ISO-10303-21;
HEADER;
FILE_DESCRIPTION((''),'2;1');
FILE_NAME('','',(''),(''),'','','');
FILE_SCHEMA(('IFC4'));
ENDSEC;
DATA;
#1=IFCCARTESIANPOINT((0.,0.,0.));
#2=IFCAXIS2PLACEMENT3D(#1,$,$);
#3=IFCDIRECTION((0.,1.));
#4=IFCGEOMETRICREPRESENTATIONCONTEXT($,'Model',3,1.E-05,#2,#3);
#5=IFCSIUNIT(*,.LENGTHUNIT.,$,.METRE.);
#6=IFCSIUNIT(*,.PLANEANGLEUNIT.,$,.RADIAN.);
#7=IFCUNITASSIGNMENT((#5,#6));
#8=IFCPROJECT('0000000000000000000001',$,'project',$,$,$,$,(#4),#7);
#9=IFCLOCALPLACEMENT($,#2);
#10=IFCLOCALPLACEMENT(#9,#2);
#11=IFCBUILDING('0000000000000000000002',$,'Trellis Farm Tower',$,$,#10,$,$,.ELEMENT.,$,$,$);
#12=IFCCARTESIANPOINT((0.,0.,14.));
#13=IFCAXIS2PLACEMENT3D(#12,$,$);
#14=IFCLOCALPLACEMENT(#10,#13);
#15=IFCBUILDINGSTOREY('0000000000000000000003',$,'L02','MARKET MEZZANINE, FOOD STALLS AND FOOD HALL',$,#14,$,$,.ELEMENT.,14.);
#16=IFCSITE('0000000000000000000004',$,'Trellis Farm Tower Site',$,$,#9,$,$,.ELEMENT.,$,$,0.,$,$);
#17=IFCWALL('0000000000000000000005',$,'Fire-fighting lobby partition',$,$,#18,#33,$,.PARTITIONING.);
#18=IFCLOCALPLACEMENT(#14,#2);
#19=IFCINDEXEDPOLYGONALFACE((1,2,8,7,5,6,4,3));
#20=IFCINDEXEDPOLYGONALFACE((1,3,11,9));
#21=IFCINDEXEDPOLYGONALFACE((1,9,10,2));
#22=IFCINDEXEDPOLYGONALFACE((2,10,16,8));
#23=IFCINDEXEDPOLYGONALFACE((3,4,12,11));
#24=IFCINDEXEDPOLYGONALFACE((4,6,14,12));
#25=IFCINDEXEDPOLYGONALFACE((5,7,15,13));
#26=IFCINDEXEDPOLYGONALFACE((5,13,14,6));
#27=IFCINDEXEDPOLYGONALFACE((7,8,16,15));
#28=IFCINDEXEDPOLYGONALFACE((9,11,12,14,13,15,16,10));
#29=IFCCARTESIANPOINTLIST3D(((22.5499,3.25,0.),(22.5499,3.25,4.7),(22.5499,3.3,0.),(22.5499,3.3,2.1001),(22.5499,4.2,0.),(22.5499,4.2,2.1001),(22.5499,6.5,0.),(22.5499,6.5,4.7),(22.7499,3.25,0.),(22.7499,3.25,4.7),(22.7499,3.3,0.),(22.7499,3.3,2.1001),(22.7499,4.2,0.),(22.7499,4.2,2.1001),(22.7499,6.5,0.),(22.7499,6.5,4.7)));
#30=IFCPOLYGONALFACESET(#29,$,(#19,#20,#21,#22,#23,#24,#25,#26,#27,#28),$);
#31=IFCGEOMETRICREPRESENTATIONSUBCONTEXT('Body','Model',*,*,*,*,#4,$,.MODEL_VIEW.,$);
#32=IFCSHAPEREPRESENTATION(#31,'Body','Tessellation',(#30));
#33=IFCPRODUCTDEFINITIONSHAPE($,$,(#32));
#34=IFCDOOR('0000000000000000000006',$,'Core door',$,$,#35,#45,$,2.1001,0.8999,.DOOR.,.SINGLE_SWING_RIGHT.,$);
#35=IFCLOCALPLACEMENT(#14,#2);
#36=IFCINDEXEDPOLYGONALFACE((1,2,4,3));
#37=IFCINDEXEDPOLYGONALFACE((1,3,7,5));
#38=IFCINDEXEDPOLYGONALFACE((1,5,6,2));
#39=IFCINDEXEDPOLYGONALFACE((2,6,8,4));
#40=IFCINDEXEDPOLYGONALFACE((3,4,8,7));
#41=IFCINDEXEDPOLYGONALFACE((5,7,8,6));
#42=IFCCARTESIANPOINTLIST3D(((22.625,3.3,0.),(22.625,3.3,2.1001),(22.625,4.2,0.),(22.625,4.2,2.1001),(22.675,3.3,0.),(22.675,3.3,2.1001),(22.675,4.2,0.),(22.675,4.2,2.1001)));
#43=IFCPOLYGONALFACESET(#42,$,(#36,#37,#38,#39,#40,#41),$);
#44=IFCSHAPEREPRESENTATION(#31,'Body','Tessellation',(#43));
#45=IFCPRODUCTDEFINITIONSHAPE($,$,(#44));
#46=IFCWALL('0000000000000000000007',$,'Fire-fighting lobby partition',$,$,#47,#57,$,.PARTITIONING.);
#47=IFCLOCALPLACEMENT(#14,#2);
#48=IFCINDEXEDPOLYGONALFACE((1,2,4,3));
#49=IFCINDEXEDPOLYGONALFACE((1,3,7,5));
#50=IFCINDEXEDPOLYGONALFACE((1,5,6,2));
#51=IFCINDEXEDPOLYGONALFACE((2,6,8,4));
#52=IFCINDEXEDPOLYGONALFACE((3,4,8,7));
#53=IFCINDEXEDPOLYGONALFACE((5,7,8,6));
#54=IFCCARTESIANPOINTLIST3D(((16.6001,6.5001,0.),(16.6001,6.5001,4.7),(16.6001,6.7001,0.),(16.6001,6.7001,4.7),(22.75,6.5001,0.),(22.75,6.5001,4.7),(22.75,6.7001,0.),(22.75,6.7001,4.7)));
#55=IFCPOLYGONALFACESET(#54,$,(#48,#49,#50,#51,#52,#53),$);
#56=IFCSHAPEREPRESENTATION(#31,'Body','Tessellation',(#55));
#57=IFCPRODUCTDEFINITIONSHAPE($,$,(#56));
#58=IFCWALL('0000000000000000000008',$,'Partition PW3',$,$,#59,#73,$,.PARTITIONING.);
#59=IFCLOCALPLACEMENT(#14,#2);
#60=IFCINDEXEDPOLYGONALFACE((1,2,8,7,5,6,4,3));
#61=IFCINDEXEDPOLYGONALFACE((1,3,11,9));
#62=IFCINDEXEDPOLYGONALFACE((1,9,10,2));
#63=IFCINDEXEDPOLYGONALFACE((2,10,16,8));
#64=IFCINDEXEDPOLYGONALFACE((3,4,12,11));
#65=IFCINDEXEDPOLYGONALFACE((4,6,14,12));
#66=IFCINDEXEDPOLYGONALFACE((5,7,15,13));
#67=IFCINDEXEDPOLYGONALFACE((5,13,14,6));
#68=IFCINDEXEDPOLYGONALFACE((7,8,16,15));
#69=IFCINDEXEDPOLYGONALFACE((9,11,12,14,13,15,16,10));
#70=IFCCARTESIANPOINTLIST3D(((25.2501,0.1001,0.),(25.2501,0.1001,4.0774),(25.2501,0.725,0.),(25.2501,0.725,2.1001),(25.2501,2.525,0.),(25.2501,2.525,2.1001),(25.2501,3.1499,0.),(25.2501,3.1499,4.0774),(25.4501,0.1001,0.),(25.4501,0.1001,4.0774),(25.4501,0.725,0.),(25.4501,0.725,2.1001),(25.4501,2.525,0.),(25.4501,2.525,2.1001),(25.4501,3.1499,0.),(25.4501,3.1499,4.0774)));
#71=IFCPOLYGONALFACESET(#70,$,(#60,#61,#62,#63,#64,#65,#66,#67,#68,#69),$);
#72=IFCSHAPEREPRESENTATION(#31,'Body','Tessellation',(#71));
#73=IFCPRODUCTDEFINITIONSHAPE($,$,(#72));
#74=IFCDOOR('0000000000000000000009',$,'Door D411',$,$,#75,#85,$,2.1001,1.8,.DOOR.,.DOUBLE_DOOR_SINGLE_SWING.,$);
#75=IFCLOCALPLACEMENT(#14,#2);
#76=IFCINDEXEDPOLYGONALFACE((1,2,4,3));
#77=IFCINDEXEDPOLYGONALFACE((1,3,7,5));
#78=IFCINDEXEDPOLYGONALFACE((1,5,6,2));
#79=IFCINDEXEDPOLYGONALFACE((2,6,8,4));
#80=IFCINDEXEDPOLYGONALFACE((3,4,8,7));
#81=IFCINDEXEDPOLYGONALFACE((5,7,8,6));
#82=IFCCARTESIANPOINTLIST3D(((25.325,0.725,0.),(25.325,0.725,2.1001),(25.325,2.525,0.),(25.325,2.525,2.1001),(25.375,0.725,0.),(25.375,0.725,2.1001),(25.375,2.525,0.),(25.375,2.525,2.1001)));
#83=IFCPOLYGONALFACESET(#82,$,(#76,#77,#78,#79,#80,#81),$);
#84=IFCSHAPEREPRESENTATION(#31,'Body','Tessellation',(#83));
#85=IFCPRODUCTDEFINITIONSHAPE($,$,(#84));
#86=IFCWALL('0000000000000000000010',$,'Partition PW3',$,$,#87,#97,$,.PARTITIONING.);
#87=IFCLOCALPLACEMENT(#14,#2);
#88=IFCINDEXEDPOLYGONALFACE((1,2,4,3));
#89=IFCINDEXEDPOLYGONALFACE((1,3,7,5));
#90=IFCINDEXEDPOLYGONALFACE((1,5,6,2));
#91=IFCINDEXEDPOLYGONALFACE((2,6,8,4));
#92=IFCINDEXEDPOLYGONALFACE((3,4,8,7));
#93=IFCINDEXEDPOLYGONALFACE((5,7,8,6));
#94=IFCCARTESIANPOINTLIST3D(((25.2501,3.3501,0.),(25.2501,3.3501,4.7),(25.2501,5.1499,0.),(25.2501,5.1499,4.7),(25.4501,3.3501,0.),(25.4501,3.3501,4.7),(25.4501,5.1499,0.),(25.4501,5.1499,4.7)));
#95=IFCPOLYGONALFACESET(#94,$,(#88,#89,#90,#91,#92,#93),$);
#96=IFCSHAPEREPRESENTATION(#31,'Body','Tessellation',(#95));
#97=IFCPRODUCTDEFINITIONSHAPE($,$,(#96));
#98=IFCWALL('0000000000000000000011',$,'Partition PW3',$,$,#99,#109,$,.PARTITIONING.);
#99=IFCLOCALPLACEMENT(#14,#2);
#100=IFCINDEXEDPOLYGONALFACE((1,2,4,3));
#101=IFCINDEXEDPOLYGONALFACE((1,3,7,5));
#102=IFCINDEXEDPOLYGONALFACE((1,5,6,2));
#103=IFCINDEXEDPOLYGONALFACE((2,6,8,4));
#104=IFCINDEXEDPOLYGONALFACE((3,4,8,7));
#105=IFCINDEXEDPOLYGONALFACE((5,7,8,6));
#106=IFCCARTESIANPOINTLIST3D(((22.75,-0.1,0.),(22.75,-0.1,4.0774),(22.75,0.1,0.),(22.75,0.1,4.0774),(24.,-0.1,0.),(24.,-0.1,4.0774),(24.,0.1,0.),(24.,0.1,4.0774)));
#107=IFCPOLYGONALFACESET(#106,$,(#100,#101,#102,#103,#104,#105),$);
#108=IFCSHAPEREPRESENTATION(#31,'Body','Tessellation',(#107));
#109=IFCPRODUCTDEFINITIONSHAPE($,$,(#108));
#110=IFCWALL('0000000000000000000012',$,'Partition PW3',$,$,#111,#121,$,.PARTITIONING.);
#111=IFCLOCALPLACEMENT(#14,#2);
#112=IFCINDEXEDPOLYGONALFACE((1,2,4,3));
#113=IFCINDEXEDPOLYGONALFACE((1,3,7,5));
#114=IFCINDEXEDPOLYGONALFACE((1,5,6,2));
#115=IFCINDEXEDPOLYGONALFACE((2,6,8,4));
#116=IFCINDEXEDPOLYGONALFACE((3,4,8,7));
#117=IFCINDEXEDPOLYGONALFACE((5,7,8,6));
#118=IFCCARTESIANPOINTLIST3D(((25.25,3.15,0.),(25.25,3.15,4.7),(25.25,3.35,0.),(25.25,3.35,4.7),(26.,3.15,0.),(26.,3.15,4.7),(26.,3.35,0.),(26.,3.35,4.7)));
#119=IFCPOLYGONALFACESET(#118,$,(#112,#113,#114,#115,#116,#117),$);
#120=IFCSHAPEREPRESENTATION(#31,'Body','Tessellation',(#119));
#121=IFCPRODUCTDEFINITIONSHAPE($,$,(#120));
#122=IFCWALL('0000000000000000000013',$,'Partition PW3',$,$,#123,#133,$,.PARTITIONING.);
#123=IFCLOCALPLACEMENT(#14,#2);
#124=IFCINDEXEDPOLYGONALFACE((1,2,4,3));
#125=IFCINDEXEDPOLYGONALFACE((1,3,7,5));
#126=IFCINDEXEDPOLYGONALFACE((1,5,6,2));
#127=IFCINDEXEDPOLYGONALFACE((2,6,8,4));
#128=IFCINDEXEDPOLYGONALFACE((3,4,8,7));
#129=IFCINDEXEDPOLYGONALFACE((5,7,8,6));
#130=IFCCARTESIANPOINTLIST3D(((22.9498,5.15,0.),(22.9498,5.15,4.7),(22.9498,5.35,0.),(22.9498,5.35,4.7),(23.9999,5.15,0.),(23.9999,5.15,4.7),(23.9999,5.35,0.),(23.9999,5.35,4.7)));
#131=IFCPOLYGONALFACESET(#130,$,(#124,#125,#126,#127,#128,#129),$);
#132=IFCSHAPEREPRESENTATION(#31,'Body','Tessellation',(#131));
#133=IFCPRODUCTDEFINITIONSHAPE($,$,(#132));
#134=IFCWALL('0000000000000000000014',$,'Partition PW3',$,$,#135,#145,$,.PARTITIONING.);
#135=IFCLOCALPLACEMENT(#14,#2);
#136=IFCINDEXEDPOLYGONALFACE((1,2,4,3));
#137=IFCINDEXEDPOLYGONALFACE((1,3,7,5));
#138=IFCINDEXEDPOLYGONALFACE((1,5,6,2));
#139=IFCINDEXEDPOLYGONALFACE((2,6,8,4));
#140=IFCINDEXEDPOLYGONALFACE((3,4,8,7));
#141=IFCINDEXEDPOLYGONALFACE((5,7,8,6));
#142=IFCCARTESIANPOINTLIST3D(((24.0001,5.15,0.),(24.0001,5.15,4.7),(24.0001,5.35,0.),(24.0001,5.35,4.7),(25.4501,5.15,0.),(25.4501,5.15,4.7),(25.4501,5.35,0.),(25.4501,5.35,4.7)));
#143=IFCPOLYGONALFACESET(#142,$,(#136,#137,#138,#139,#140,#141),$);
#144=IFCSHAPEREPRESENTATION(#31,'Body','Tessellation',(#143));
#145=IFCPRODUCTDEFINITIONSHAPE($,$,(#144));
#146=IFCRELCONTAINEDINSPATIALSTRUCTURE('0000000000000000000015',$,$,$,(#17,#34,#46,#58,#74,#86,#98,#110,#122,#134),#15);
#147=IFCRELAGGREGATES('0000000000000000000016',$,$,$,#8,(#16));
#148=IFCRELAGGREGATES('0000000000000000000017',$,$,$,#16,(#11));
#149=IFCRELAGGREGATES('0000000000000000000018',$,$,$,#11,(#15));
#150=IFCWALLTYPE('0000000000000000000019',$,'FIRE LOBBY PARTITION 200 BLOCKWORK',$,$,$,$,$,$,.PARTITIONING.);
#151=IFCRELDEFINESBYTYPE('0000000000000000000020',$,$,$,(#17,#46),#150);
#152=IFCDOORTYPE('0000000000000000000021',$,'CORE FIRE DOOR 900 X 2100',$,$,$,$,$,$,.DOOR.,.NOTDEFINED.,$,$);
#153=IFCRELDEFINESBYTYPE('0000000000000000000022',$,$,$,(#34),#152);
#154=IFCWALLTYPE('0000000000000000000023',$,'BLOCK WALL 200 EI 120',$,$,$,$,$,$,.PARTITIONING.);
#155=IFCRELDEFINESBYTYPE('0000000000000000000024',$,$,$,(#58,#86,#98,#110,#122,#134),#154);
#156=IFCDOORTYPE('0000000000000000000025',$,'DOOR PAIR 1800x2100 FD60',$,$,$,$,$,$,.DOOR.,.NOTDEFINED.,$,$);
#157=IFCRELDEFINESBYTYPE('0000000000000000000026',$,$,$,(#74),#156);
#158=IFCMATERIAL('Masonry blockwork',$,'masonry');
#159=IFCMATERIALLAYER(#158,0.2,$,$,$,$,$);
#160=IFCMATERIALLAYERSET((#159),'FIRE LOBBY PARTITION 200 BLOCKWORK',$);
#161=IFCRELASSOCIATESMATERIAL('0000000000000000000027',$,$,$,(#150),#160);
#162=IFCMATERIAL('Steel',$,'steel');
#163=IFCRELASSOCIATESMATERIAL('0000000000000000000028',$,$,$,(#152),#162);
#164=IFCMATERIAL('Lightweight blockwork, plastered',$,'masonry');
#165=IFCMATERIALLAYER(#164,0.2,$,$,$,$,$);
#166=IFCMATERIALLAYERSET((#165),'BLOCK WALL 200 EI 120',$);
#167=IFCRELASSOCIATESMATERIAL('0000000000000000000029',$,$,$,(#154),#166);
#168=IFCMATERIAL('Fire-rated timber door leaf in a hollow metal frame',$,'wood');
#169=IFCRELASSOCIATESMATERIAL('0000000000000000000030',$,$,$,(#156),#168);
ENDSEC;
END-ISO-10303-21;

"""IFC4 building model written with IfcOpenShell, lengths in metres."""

from ifc_helpers import new_model, si_unit, direction, frame, frame_2d, origin, place, context, subcontext, project, spatial, rectangle, extrude, source, transform, mapped, material, layer, layer_set, type_object, element, fill, save


model = new_model("IFC4")

# Units and contexts
model_context = context("Model", 3, precision=1e-05, world=origin(), true_north=direction((0.0, 1.0)))
body_context = subcontext(model_context, "Body", "Model", "MODEL_VIEW")
ifc_project = project(units=[si_unit("LENGTHUNIT", "METRE"), si_unit("PLANEANGLEUNIT", "RADIAN")], contexts=[model_context])

# Site, building, storey
site_placement = place(None, origin())
site = spatial("IfcSite", under=ifc_project, at=site_placement, Name="Trellis Farm Tower Site", CompositionType="ELEMENT", RefElevation=0.0)
building_placement = place(site_placement, origin())
building = spatial("IfcBuilding", under=site, at=building_placement, Name="Trellis Farm Tower", CompositionType="ELEMENT")
storey_placement = place(building_placement, frame((0.0, 0.0, 14.0)))
storey = spatial("IfcBuildingStorey", under=building, at=storey_placement, Name="L02", Description="MARKET MEZZANINE, FOOD STALLS AND FOOD HALL", CompositionType="ELEMENT", Elevation=14.0)

# Wall, opening, door
ifc_material_1 = material(Name="Masonry blockwork", Category="masonry")
ifc_layer_1 = layer(ifc_material_1, 0.2)
ifc_layer_set_1 = layer_set([ifc_layer_1], Name="FIRE LOBBY PARTITION 200 BLOCKWORK")
wall_type_1 = type_object("IfcWallType", Name="FIRE LOBBY PARTITION 200 BLOCKWORK", PredefinedType="PARTITIONING", material=ifc_layer_set_1)
shared_shape_1 = source(origin(), body_context, "Body", "SweptSolid", [
    extrude(rectangle(XDim=3.25, YDim=0.2, at=frame_2d((1.625, 0.0))), origin(), (0.0, 0.0, 1.0), 4.7),
])
ifc_material_2 = material(Name="Steel", Category="steel")
wall_1_placement = place(storey_placement, frame((22.6499, 3.25, 0.0), z_axis=(0.0, 0.0, 1.0), x_axis=(0.0, 1.0, 0.0)))
wall_1 = element("IfcWall", 1, at=wall_1_placement, inside=storey, type_object=wall_type_1, Name="Fire-fighting lobby partition", PredefinedType="PARTITIONING", context=body_context, shape_type="MappedRepresentation", body=[
    mapped(shared_shape_1, transform((0.0, 0.0, 0.0))),
])
shared_shape_2 = source(origin(), body_context, "Body", "SweptSolid", [
    extrude(rectangle(XDim=0.8999, YDim=2.1001, at=frame_2d((0.45, 1.05))), frame((0.0, 0.1101, 0.0), z_axis=(0.0, -1.0, 0.0), x_axis=(1.0, 0.0, 0.0)), (0.0, 0.0, 1.0), 0.2202),
])
opening_1_placement = place(wall_1_placement, frame((0.05, 0.0, 0.0)))
opening_1 = element("IfcOpeningElement", 2, at=opening_1_placement, cuts=wall_1, PredefinedType="OPENING", context=body_context, shape_type="MappedRepresentation", body=[
    mapped(shared_shape_2, transform((0.0, 0.0, 0.0))),
])
door_type_1 = type_object("IfcDoorType", Name="CORE FIRE DOOR 900 X 2100", OperationType="NOTDEFINED", PredefinedType="DOOR", material=ifc_material_2)
shared_shape_3 = source(origin(), body_context, "Body", "SweptSolid", [
    extrude(rectangle(XDim=0.8999, YDim=2.1001, at=frame_2d((0.45, 1.05))), frame((0.0, 0.0249, 0.0), z_axis=(0.0, -1.0, 0.0), x_axis=(1.0, 0.0, 0.0)), (0.0, 0.0, 1.0), 0.05),
])
door_1_placement = place(opening_1_placement, origin())
door_1 = element("IfcDoor", 3, at=door_1_placement, inside=storey, type_object=door_type_1, Name="Core door", OperationType="SINGLE_SWING_RIGHT", OverallHeight=2.1001, OverallWidth=0.8999, PredefinedType="DOOR", context=body_context, shape_type="MappedRepresentation", body=[
    mapped(shared_shape_3, transform((0.0, 0.0, 0.0))),
])
fill(opening_1, door_1)

# Wall
shared_shape_4 = source(origin(), body_context, "Body", "SweptSolid", [
    extrude(rectangle(XDim=6.1499, YDim=0.2, at=frame_2d((3.075, 0.0))), origin(), (0.0, 0.0, 1.0), 4.7),
])
wall_2_placement = place(storey_placement, frame((16.6001, 6.6001, 0.0), z_axis=(0.0, 0.0, 1.0), x_axis=(1.0, 0.0, 0.0)))
element("IfcWall", 4, at=wall_2_placement, inside=storey, type_object=wall_type_1, Name="Fire-fighting lobby partition", PredefinedType="PARTITIONING", context=body_context, shape_type="MappedRepresentation", body=[
    mapped(shared_shape_4, transform((0.0, 0.0, 0.0))),
])

# Wall, opening, door
ifc_material_3 = material(Name="Lightweight blockwork, plastered", Category="masonry")
ifc_layer_2 = layer(ifc_material_3, 0.2)
ifc_layer_set_2 = layer_set([ifc_layer_2], Name="BLOCK WALL 200 EI 120")
wall_type_2 = type_object("IfcWallType", Name="BLOCK WALL 200 EI 120", PredefinedType="PARTITIONING", material=ifc_layer_set_2)
shared_shape_5 = source(origin(), body_context, "Body", "SweptSolid", [
    extrude(rectangle(XDim=3.0498, YDim=0.2, at=frame_2d((1.5249, 0.0))), origin(), (0.0, 0.0, 1.0), 4.0774),
])
wall_3_placement = place(storey_placement, frame((25.3501, 3.1499, 0.0), z_axis=(0.0, 0.0, 1.0), x_axis=(0.0, -1.0, 0.0)))
wall_3 = element("IfcWall", 5, at=wall_3_placement, inside=storey, type_object=wall_type_2, Name="Partition PW3", PredefinedType="PARTITIONING", context=body_context, shape_type="MappedRepresentation", body=[
    mapped(shared_shape_5, transform((0.0, 0.0, 0.0))),
])
shared_shape_6 = source(origin(), body_context, "Body", "SweptSolid", [
    extrude(rectangle(XDim=1.8, YDim=2.1001, at=frame_2d((0.8999, 1.05))), frame((0.0, 0.1101, 0.0), z_axis=(0.0, -1.0, 0.0), x_axis=(1.0, 0.0, 0.0)), (0.0, 0.0, 1.0), 0.2202),
])
opening_2_placement = place(wall_3_placement, frame((0.625, 0.0, 0.0)))
opening_2 = element("IfcOpeningElement", 6, at=opening_2_placement, cuts=wall_3, PredefinedType="OPENING", context=body_context, shape_type="MappedRepresentation", body=[
    mapped(shared_shape_6, transform((0.0, 0.0, 0.0))),
])
ifc_material_4 = material(Name="Fire-rated timber door leaf in a hollow metal frame", Category="wood")
door_type_2 = type_object("IfcDoorType", Name="DOOR PAIR 1800x2100 FD60", OperationType="NOTDEFINED", PredefinedType="DOOR", material=ifc_material_4)
shared_shape_7 = source(origin(), body_context, "Body", "SweptSolid", [
    extrude(rectangle(XDim=1.8, YDim=2.1001, at=frame_2d((0.8999, 1.05))), frame((0.0, 0.0249, 0.0), z_axis=(0.0, -1.0, 0.0), x_axis=(1.0, 0.0, 0.0)), (0.0, 0.0, 1.0), 0.05),
])
door_2_placement = place(opening_2_placement, origin())
door_2 = element("IfcDoor", 7, at=door_2_placement, inside=storey, type_object=door_type_2, Name="Door D411", OperationType="DOUBLE_DOOR_SINGLE_SWING", OverallHeight=2.1001, OverallWidth=1.8, PredefinedType="DOOR", context=body_context, shape_type="MappedRepresentation", body=[
    mapped(shared_shape_7, transform((0.0, 0.0, 0.0))),
])
fill(opening_2, door_2)

# Walls
shared_shape_8 = source(origin(), body_context, "Body", "SweptSolid", [
    extrude(rectangle(XDim=1.7998, YDim=0.2, at=frame_2d((0.8999, 0.0))), origin(), (0.0, 0.0, 1.0), 4.7),
])
wall_4_placement = place(storey_placement, frame((25.3501, 3.3501, 0.0), z_axis=(0.0, 0.0, 1.0), x_axis=(0.0, 1.0, 0.0)))
element("IfcWall", 8, at=wall_4_placement, inside=storey, type_object=wall_type_2, Name="Partition PW3", PredefinedType="PARTITIONING", context=body_context, shape_type="MappedRepresentation", body=[
    mapped(shared_shape_8, transform((0.0, 0.0, 0.0))),
])
shared_shape_9 = source(origin(), body_context, "Body", "SweptSolid", [
    extrude(rectangle(XDim=1.25, YDim=0.2, at=frame_2d((0.625, 0.0))), origin(), (0.0, 0.0, 1.0), 4.0774),
])
wall_5_placement = place(storey_placement, frame((22.75, 0.0, 0.0), z_axis=(0.0, 0.0, 1.0), x_axis=(1.0, 0.0, 0.0)))
element("IfcWall", 9, at=wall_5_placement, inside=storey, type_object=wall_type_2, Name="Partition PW3", PredefinedType="PARTITIONING", context=body_context, shape_type="MappedRepresentation", body=[
    mapped(shared_shape_9, transform((0.0, 0.0, 0.0))),
])
shared_shape_10 = source(origin(), body_context, "Body", "SweptSolid", [
    extrude(rectangle(XDim=0.75, YDim=0.2, at=frame_2d((0.375, 0.0))), origin(), (0.0, 0.0, 1.0), 4.7),
])
wall_6_placement = place(storey_placement, frame((25.25, 3.25, 0.0), z_axis=(0.0, 0.0, 1.0), x_axis=(1.0, 0.0, 0.0)))
element("IfcWall", 10, at=wall_6_placement, inside=storey, type_object=wall_type_2, Name="Partition PW3", PredefinedType="PARTITIONING", context=body_context, shape_type="MappedRepresentation", body=[
    mapped(shared_shape_10, transform((0.0, 0.0, 0.0))),
])
shared_shape_11 = source(origin(), body_context, "Body", "SweptSolid", [
    extrude(rectangle(XDim=1.05, YDim=0.2, at=frame_2d((0.5249, 0.0))), origin(), (0.0, 0.0, 1.0), 4.7),
])
wall_7_placement = place(storey_placement, frame((22.95, 5.25, 0.0), z_axis=(0.0, 0.0, 1.0), x_axis=(1.0, 0.0, 0.0)))
element("IfcWall", 11, at=wall_7_placement, inside=storey, type_object=wall_type_2, Name="Partition PW3", PredefinedType="PARTITIONING", context=body_context, shape_type="MappedRepresentation", body=[
    mapped(shared_shape_11, transform((0.0, 0.0, 0.0))),
])
shared_shape_12 = source(origin(), body_context, "Body", "SweptSolid", [
    extrude(rectangle(XDim=1.45, YDim=0.2, at=frame_2d((0.7251, 0.0))), origin(), (0.0, 0.0, 1.0), 4.7),
])
wall_8_placement = place(storey_placement, frame((24.0, 5.25, 0.0), z_axis=(0.0, 0.0, 1.0), x_axis=(1.0, 0.0, 0.0)))
element("IfcWall", 12, at=wall_8_placement, inside=storey, type_object=wall_type_2, Name="Partition PW3", PredefinedType="PARTITIONING", context=body_context, shape_type="MappedRepresentation", body=[
    mapped(shared_shape_12, transform((0.0, 0.0, 0.0))),
])

save(model, "model.ifc")
